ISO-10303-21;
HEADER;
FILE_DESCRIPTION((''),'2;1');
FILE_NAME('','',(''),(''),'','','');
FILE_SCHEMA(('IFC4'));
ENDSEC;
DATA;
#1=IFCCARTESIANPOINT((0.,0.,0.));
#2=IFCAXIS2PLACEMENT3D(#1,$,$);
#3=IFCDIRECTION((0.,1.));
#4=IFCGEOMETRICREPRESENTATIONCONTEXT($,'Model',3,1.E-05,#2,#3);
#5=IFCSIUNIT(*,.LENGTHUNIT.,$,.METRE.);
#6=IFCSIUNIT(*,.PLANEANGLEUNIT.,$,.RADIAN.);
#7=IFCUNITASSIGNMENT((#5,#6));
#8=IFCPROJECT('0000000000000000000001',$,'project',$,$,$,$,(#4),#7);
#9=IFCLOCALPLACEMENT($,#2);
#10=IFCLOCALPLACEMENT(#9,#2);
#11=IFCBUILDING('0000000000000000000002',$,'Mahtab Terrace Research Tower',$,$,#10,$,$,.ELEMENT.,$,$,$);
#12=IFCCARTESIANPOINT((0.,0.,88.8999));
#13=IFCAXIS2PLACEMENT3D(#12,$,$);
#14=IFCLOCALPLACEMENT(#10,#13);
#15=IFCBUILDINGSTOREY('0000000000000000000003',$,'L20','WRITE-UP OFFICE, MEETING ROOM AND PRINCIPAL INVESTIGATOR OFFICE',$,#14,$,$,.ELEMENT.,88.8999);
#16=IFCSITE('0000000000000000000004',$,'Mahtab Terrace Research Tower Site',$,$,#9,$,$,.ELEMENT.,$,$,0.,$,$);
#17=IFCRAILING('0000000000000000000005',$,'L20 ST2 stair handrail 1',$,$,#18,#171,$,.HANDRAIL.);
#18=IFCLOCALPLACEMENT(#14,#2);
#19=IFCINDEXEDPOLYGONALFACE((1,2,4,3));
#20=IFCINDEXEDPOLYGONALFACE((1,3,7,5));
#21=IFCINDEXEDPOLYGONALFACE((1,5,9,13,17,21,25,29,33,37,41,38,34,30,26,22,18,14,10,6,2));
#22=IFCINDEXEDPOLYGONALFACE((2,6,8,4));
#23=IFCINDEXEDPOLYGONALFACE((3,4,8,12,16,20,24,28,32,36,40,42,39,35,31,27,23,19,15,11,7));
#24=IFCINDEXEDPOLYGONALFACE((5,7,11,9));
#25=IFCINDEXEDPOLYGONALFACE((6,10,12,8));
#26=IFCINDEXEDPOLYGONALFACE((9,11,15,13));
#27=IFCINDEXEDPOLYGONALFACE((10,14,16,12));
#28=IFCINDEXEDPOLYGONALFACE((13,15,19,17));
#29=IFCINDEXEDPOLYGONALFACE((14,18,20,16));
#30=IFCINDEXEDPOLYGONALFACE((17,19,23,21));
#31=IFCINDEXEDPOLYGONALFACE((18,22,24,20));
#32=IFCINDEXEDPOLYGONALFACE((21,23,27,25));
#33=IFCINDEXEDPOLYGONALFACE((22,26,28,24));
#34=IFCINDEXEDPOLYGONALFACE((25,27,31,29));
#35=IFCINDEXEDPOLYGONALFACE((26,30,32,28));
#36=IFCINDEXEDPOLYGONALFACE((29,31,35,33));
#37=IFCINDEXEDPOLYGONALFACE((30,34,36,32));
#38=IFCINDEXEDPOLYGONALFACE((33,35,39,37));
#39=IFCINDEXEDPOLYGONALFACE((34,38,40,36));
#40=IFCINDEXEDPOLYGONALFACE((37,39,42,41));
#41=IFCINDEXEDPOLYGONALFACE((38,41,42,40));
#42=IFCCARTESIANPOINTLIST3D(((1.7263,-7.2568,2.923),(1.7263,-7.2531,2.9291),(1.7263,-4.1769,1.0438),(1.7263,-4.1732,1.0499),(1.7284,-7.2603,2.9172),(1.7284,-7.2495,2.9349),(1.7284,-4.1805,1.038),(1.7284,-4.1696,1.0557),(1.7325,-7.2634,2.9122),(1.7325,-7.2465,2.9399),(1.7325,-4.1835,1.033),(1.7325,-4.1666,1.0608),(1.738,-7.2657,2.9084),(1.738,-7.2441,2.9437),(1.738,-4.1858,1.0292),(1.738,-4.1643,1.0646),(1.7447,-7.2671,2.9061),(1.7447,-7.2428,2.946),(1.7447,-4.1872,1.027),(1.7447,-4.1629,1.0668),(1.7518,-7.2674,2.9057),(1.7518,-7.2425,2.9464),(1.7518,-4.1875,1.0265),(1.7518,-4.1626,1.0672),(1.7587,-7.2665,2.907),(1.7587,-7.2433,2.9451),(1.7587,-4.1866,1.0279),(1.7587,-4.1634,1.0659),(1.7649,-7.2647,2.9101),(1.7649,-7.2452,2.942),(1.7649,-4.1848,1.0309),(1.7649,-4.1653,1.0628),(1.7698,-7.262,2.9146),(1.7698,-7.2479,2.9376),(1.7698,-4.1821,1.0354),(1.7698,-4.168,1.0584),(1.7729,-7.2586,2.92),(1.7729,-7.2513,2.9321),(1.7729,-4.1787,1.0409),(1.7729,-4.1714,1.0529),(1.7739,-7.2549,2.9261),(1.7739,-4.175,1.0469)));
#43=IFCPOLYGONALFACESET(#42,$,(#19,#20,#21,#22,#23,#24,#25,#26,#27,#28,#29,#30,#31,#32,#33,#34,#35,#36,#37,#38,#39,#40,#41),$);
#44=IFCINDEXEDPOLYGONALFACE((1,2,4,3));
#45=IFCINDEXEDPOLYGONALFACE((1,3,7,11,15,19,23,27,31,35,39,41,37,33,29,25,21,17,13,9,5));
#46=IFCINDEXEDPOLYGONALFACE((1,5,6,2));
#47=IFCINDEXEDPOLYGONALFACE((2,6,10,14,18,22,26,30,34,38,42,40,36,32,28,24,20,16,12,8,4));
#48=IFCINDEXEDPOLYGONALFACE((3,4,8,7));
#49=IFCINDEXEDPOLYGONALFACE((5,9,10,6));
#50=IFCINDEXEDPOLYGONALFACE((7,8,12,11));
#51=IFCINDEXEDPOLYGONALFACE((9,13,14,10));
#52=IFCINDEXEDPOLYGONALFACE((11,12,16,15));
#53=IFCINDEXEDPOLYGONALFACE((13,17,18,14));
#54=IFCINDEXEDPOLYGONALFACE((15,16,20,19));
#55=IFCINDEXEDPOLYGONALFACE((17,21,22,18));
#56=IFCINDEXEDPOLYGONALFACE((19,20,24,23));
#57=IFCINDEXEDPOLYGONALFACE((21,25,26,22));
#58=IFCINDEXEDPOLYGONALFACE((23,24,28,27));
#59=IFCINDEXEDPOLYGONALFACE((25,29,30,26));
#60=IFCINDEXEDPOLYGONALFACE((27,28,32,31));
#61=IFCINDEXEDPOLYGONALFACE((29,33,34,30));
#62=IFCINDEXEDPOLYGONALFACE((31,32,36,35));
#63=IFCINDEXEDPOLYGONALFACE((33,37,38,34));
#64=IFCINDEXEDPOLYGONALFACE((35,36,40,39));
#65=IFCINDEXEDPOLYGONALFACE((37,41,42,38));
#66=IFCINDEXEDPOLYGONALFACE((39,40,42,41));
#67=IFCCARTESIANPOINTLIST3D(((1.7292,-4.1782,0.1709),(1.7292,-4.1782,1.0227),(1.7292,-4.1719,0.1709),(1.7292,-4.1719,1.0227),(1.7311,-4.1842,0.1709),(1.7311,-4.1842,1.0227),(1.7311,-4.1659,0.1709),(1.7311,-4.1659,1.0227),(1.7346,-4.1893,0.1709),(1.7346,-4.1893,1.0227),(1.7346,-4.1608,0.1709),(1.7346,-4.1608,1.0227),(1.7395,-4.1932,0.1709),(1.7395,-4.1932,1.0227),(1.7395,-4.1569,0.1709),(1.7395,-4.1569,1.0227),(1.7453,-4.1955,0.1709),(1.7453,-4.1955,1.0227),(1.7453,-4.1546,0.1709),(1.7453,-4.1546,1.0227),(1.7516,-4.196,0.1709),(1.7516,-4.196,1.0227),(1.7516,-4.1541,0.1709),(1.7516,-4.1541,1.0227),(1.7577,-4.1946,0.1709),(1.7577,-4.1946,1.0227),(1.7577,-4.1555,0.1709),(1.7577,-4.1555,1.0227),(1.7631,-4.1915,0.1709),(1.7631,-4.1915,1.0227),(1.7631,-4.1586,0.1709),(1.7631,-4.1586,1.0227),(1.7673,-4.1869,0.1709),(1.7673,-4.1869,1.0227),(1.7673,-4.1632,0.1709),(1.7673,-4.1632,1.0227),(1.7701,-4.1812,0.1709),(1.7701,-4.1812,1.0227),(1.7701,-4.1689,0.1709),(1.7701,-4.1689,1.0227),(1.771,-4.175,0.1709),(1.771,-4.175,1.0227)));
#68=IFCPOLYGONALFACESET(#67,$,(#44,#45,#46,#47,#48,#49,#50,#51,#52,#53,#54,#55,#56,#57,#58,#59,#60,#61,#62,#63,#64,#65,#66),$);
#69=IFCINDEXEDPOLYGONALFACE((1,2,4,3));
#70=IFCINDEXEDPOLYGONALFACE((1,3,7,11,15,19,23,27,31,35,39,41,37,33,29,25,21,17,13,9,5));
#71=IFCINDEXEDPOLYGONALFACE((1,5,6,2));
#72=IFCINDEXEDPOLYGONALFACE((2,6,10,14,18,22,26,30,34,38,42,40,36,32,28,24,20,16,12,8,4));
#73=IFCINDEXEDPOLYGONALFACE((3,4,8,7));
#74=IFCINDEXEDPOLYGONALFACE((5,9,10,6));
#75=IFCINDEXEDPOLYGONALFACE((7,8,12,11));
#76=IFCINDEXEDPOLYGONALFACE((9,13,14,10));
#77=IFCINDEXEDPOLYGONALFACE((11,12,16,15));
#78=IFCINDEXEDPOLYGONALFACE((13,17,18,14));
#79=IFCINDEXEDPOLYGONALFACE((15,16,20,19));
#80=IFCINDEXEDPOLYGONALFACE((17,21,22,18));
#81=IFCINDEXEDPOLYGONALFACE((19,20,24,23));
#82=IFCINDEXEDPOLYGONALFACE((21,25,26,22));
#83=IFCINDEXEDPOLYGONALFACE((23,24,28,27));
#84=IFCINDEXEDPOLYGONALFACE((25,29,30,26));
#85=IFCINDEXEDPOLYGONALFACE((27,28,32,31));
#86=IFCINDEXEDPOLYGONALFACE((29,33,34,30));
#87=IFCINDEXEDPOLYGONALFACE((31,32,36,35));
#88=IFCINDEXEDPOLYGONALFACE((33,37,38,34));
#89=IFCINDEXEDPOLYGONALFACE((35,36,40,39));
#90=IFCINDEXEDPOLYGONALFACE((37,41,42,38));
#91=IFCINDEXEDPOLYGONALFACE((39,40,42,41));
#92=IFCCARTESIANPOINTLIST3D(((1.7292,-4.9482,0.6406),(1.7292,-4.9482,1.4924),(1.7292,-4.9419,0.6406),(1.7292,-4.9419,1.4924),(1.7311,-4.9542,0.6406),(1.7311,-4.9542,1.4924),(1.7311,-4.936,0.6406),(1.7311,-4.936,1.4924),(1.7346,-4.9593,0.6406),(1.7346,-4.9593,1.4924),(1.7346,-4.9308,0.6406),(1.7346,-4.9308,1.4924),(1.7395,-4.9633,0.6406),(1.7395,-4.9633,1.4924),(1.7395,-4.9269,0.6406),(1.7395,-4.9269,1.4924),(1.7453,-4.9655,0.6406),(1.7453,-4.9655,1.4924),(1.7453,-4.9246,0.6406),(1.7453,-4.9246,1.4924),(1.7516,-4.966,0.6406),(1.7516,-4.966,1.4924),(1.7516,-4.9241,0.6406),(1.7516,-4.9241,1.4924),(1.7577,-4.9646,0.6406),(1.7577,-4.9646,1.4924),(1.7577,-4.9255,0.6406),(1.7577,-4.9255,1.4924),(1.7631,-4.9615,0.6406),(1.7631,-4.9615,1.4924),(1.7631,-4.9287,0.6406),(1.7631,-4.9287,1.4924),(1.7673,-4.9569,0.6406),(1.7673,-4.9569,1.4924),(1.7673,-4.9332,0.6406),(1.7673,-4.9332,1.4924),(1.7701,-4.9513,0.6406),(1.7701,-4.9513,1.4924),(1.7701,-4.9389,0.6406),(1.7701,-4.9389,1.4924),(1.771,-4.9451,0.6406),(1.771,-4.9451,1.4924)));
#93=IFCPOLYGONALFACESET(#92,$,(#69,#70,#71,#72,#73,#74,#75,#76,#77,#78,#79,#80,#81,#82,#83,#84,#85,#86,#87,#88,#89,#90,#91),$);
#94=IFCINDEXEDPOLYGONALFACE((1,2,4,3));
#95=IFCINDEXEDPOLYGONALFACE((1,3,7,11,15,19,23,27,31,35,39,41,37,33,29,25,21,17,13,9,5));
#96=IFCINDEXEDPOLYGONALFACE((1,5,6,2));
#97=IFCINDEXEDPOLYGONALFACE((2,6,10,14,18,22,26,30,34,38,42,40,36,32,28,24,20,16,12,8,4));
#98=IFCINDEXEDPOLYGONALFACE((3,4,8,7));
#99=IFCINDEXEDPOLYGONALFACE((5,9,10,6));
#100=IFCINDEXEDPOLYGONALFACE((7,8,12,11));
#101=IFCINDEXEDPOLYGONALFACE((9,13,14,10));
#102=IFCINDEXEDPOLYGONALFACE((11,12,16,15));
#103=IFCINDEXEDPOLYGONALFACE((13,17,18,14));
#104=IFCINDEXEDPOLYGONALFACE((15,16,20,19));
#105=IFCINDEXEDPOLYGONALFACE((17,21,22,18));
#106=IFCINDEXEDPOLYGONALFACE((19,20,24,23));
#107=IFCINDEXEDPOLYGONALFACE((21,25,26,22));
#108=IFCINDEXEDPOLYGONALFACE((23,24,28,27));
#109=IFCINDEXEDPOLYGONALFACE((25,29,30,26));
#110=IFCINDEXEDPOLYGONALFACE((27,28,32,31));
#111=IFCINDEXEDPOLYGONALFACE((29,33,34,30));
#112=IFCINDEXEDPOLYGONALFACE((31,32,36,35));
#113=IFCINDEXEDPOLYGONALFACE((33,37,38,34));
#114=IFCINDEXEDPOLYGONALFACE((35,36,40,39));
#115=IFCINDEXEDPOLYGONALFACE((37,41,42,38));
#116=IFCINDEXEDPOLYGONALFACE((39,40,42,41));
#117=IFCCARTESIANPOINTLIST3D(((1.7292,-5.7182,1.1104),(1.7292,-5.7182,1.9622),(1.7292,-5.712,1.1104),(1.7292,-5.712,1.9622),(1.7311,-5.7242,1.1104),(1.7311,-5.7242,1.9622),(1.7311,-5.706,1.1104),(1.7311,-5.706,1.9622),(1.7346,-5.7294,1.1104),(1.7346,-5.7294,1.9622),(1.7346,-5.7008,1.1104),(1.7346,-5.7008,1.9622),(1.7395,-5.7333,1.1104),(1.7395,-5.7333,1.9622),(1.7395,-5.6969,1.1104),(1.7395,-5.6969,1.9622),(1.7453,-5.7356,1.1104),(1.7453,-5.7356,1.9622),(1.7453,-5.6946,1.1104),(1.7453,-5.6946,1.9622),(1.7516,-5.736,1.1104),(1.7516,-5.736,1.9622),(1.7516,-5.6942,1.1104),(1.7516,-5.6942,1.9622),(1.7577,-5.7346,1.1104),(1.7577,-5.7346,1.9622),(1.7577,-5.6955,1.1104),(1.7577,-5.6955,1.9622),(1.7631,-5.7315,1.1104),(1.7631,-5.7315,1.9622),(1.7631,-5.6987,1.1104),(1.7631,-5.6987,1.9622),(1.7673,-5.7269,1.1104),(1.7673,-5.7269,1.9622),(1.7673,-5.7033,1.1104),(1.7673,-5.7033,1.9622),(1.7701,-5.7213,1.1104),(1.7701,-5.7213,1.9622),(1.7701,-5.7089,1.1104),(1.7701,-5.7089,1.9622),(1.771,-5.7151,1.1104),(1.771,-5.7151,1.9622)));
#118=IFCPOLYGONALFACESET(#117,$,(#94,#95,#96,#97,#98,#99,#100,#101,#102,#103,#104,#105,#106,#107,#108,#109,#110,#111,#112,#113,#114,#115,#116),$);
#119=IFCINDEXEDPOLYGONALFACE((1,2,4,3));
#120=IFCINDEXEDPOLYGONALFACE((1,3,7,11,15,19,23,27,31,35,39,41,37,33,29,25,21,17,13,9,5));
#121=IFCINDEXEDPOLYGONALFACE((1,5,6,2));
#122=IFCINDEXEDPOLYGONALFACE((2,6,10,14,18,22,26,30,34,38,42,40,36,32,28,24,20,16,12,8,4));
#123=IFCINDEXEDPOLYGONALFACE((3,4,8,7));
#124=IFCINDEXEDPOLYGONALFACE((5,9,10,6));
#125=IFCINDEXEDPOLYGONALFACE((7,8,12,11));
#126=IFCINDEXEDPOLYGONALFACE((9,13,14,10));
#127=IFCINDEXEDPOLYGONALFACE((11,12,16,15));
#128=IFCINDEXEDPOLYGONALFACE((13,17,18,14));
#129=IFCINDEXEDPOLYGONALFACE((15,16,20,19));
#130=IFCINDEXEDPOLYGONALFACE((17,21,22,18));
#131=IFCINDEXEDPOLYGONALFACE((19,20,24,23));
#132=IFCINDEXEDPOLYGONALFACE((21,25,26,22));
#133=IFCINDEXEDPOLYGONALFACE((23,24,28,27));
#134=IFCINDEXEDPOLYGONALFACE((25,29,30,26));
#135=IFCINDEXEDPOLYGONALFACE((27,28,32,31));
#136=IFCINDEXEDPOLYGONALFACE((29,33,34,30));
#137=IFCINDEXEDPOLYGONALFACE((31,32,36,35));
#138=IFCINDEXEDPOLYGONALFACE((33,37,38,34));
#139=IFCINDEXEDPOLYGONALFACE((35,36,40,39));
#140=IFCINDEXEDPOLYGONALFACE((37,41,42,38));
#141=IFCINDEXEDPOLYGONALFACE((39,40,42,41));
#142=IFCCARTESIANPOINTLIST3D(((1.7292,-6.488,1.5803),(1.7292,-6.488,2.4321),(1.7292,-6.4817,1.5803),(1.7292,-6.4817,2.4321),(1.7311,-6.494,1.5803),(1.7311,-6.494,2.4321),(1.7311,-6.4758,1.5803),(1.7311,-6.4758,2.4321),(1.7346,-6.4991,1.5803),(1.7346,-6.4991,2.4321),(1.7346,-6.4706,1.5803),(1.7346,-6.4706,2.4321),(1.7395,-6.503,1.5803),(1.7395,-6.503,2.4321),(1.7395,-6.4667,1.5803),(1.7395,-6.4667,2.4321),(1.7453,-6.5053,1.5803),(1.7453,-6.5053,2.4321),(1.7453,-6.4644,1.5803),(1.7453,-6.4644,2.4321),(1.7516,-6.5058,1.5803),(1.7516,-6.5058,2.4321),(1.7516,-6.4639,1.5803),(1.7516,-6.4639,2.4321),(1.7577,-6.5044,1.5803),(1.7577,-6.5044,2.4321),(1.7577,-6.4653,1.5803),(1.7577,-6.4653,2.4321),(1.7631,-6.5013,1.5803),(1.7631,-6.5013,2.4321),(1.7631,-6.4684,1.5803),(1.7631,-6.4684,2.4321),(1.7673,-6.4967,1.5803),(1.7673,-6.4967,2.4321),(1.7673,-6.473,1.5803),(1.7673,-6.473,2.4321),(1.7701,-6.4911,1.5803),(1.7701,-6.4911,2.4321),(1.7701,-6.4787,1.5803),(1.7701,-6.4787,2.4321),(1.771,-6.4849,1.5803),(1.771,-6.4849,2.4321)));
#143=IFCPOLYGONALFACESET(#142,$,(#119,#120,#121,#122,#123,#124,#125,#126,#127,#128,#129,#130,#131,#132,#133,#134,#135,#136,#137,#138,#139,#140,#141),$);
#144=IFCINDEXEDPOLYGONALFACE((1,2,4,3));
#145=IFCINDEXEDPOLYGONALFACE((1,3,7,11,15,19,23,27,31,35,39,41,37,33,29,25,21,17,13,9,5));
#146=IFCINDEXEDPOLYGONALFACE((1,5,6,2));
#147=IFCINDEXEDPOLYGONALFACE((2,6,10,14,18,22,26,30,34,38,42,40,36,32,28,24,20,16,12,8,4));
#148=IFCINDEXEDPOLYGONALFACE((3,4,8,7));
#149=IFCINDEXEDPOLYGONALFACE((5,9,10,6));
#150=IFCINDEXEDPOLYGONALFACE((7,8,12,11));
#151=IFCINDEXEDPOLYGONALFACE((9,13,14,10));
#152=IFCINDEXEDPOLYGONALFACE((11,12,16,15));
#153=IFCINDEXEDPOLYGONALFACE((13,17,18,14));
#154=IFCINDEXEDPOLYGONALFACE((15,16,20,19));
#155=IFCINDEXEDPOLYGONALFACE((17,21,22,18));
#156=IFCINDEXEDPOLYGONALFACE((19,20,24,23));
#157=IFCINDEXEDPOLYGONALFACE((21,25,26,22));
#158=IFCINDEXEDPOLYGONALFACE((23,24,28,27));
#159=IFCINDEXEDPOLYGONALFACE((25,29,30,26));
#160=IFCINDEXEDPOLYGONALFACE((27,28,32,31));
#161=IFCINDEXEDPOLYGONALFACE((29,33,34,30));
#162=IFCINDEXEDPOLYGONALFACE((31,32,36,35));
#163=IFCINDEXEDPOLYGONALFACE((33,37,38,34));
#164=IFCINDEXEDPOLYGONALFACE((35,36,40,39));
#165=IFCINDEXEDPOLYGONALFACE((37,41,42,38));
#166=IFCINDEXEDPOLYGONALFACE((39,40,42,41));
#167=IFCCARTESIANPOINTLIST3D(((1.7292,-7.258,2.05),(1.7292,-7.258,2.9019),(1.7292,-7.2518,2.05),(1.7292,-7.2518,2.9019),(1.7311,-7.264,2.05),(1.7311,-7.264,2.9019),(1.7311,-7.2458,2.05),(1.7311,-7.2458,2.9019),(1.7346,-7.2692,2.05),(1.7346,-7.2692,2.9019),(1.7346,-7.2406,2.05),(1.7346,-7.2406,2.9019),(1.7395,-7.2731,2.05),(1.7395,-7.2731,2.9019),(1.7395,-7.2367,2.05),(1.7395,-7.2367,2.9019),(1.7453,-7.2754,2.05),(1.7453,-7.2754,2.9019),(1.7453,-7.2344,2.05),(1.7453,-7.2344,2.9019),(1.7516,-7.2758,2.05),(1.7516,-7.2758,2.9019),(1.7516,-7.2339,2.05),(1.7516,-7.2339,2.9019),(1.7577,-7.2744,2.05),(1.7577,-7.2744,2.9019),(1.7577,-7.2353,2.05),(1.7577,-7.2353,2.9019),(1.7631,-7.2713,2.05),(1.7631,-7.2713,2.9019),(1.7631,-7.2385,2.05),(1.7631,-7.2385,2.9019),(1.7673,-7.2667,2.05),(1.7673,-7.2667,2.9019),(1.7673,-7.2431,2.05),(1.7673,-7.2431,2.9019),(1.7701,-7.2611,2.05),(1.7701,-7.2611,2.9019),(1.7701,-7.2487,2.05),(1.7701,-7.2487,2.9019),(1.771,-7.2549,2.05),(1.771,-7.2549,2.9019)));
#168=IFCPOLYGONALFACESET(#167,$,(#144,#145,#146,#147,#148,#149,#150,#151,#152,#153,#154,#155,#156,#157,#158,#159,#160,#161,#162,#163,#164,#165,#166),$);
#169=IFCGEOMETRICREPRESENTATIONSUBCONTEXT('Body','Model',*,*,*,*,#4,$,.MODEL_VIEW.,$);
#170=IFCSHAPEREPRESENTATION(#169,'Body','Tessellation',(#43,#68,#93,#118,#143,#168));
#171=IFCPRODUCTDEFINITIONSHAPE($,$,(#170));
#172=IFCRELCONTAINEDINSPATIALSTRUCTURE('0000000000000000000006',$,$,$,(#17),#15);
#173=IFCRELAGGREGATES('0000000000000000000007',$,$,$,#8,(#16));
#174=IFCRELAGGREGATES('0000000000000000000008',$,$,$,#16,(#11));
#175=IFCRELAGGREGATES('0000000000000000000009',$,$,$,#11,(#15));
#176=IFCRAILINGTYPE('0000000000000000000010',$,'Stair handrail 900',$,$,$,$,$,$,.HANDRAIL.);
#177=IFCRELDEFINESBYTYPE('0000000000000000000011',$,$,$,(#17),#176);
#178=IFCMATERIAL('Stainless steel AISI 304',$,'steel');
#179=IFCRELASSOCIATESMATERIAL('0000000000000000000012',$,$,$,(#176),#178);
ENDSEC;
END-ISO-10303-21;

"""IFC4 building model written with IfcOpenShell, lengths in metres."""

from ifc_helpers import new_model, si_unit, direction, frame, origin, origin_2d, place, context, subcontext, project, spatial, circle, extrude, material, type_object, element, save


model = new_model("IFC4")

# Units and contexts
model_context = context("Model", 3, precision=1e-05, world=origin(), true_north=direction((0.0, 1.0)))
body_context = subcontext(model_context, "Body", "Model", "MODEL_VIEW")
ifc_project = project(units=[si_unit("LENGTHUNIT", "METRE"), si_unit("PLANEANGLEUNIT", "RADIAN")], contexts=[model_context])

# Site, building, storey
site_placement = place(None, origin())
site = spatial("IfcSite", under=ifc_project, at=site_placement, Name="Mahtab Terrace Research Tower Site", CompositionType="ELEMENT", RefElevation=0.0)
building_placement = place(site_placement, origin())
building = spatial("IfcBuilding", under=site, at=building_placement, Name="Mahtab Terrace Research Tower", CompositionType="ELEMENT")
storey_placement = place(building_placement, frame((0.0, 0.0, 88.8999)))
storey = spatial("IfcBuildingStorey", under=building, at=storey_placement, Name="L20", Description="WRITE-UP OFFICE, MEETING ROOM AND PRINCIPAL INVESTIGATOR OFFICE", CompositionType="ELEMENT", Elevation=88.8999)

# Railing
ifc_material_1 = material(Name="Stainless steel AISI 304", Category="steel")
railing_type_1 = type_object("IfcRailingType", Name="Stair handrail 900", PredefinedType="HANDRAIL", material=ifc_material_1)
railing_1_placement = place(storey_placement, frame((1.75, -4.175, 0.1709)))
element("IfcRailing", 1, at=railing_1_placement, inside=storey, type_object=railing_type_1, Name="L20 ST2 stair handrail 1", PredefinedType="HANDRAIL", context=body_context, shape_type="SweptSolid", body=[
    extrude(circle(Radius=0.0239, at=origin_2d()), frame((0.0, 0.0, 0.876), z_axis=(0.0, -0.853648, 0.52085), x_axis=(1.0, 0.0, 0.0)), (0.0, 0.0, 1.0), 3.6079),
    extrude(circle(Radius=0.021, at=origin_2d()), origin(), (0.0, 0.0, 1.0), 0.8518),
    extrude(circle(Radius=0.021, at=origin_2d()), frame((0.0, -0.77, 0.4697)), (0.0, 0.0, 1.0), 0.8518),
    extrude(circle(Radius=0.021, at=origin_2d()), frame((0.0, -1.54, 0.9395)), (0.0, 0.0, 1.0), 0.8518),
    extrude(circle(Radius=0.021, at=origin_2d()), frame((0.0, -2.3098, 1.4094)), (0.0, 0.0, 1.0), 0.8518),
    extrude(circle(Radius=0.021, at=origin_2d()), frame((0.0, -3.0798, 1.8792)), (0.0, 0.0, 1.0), 0.8518),
])

save(model, "model.ifc")
